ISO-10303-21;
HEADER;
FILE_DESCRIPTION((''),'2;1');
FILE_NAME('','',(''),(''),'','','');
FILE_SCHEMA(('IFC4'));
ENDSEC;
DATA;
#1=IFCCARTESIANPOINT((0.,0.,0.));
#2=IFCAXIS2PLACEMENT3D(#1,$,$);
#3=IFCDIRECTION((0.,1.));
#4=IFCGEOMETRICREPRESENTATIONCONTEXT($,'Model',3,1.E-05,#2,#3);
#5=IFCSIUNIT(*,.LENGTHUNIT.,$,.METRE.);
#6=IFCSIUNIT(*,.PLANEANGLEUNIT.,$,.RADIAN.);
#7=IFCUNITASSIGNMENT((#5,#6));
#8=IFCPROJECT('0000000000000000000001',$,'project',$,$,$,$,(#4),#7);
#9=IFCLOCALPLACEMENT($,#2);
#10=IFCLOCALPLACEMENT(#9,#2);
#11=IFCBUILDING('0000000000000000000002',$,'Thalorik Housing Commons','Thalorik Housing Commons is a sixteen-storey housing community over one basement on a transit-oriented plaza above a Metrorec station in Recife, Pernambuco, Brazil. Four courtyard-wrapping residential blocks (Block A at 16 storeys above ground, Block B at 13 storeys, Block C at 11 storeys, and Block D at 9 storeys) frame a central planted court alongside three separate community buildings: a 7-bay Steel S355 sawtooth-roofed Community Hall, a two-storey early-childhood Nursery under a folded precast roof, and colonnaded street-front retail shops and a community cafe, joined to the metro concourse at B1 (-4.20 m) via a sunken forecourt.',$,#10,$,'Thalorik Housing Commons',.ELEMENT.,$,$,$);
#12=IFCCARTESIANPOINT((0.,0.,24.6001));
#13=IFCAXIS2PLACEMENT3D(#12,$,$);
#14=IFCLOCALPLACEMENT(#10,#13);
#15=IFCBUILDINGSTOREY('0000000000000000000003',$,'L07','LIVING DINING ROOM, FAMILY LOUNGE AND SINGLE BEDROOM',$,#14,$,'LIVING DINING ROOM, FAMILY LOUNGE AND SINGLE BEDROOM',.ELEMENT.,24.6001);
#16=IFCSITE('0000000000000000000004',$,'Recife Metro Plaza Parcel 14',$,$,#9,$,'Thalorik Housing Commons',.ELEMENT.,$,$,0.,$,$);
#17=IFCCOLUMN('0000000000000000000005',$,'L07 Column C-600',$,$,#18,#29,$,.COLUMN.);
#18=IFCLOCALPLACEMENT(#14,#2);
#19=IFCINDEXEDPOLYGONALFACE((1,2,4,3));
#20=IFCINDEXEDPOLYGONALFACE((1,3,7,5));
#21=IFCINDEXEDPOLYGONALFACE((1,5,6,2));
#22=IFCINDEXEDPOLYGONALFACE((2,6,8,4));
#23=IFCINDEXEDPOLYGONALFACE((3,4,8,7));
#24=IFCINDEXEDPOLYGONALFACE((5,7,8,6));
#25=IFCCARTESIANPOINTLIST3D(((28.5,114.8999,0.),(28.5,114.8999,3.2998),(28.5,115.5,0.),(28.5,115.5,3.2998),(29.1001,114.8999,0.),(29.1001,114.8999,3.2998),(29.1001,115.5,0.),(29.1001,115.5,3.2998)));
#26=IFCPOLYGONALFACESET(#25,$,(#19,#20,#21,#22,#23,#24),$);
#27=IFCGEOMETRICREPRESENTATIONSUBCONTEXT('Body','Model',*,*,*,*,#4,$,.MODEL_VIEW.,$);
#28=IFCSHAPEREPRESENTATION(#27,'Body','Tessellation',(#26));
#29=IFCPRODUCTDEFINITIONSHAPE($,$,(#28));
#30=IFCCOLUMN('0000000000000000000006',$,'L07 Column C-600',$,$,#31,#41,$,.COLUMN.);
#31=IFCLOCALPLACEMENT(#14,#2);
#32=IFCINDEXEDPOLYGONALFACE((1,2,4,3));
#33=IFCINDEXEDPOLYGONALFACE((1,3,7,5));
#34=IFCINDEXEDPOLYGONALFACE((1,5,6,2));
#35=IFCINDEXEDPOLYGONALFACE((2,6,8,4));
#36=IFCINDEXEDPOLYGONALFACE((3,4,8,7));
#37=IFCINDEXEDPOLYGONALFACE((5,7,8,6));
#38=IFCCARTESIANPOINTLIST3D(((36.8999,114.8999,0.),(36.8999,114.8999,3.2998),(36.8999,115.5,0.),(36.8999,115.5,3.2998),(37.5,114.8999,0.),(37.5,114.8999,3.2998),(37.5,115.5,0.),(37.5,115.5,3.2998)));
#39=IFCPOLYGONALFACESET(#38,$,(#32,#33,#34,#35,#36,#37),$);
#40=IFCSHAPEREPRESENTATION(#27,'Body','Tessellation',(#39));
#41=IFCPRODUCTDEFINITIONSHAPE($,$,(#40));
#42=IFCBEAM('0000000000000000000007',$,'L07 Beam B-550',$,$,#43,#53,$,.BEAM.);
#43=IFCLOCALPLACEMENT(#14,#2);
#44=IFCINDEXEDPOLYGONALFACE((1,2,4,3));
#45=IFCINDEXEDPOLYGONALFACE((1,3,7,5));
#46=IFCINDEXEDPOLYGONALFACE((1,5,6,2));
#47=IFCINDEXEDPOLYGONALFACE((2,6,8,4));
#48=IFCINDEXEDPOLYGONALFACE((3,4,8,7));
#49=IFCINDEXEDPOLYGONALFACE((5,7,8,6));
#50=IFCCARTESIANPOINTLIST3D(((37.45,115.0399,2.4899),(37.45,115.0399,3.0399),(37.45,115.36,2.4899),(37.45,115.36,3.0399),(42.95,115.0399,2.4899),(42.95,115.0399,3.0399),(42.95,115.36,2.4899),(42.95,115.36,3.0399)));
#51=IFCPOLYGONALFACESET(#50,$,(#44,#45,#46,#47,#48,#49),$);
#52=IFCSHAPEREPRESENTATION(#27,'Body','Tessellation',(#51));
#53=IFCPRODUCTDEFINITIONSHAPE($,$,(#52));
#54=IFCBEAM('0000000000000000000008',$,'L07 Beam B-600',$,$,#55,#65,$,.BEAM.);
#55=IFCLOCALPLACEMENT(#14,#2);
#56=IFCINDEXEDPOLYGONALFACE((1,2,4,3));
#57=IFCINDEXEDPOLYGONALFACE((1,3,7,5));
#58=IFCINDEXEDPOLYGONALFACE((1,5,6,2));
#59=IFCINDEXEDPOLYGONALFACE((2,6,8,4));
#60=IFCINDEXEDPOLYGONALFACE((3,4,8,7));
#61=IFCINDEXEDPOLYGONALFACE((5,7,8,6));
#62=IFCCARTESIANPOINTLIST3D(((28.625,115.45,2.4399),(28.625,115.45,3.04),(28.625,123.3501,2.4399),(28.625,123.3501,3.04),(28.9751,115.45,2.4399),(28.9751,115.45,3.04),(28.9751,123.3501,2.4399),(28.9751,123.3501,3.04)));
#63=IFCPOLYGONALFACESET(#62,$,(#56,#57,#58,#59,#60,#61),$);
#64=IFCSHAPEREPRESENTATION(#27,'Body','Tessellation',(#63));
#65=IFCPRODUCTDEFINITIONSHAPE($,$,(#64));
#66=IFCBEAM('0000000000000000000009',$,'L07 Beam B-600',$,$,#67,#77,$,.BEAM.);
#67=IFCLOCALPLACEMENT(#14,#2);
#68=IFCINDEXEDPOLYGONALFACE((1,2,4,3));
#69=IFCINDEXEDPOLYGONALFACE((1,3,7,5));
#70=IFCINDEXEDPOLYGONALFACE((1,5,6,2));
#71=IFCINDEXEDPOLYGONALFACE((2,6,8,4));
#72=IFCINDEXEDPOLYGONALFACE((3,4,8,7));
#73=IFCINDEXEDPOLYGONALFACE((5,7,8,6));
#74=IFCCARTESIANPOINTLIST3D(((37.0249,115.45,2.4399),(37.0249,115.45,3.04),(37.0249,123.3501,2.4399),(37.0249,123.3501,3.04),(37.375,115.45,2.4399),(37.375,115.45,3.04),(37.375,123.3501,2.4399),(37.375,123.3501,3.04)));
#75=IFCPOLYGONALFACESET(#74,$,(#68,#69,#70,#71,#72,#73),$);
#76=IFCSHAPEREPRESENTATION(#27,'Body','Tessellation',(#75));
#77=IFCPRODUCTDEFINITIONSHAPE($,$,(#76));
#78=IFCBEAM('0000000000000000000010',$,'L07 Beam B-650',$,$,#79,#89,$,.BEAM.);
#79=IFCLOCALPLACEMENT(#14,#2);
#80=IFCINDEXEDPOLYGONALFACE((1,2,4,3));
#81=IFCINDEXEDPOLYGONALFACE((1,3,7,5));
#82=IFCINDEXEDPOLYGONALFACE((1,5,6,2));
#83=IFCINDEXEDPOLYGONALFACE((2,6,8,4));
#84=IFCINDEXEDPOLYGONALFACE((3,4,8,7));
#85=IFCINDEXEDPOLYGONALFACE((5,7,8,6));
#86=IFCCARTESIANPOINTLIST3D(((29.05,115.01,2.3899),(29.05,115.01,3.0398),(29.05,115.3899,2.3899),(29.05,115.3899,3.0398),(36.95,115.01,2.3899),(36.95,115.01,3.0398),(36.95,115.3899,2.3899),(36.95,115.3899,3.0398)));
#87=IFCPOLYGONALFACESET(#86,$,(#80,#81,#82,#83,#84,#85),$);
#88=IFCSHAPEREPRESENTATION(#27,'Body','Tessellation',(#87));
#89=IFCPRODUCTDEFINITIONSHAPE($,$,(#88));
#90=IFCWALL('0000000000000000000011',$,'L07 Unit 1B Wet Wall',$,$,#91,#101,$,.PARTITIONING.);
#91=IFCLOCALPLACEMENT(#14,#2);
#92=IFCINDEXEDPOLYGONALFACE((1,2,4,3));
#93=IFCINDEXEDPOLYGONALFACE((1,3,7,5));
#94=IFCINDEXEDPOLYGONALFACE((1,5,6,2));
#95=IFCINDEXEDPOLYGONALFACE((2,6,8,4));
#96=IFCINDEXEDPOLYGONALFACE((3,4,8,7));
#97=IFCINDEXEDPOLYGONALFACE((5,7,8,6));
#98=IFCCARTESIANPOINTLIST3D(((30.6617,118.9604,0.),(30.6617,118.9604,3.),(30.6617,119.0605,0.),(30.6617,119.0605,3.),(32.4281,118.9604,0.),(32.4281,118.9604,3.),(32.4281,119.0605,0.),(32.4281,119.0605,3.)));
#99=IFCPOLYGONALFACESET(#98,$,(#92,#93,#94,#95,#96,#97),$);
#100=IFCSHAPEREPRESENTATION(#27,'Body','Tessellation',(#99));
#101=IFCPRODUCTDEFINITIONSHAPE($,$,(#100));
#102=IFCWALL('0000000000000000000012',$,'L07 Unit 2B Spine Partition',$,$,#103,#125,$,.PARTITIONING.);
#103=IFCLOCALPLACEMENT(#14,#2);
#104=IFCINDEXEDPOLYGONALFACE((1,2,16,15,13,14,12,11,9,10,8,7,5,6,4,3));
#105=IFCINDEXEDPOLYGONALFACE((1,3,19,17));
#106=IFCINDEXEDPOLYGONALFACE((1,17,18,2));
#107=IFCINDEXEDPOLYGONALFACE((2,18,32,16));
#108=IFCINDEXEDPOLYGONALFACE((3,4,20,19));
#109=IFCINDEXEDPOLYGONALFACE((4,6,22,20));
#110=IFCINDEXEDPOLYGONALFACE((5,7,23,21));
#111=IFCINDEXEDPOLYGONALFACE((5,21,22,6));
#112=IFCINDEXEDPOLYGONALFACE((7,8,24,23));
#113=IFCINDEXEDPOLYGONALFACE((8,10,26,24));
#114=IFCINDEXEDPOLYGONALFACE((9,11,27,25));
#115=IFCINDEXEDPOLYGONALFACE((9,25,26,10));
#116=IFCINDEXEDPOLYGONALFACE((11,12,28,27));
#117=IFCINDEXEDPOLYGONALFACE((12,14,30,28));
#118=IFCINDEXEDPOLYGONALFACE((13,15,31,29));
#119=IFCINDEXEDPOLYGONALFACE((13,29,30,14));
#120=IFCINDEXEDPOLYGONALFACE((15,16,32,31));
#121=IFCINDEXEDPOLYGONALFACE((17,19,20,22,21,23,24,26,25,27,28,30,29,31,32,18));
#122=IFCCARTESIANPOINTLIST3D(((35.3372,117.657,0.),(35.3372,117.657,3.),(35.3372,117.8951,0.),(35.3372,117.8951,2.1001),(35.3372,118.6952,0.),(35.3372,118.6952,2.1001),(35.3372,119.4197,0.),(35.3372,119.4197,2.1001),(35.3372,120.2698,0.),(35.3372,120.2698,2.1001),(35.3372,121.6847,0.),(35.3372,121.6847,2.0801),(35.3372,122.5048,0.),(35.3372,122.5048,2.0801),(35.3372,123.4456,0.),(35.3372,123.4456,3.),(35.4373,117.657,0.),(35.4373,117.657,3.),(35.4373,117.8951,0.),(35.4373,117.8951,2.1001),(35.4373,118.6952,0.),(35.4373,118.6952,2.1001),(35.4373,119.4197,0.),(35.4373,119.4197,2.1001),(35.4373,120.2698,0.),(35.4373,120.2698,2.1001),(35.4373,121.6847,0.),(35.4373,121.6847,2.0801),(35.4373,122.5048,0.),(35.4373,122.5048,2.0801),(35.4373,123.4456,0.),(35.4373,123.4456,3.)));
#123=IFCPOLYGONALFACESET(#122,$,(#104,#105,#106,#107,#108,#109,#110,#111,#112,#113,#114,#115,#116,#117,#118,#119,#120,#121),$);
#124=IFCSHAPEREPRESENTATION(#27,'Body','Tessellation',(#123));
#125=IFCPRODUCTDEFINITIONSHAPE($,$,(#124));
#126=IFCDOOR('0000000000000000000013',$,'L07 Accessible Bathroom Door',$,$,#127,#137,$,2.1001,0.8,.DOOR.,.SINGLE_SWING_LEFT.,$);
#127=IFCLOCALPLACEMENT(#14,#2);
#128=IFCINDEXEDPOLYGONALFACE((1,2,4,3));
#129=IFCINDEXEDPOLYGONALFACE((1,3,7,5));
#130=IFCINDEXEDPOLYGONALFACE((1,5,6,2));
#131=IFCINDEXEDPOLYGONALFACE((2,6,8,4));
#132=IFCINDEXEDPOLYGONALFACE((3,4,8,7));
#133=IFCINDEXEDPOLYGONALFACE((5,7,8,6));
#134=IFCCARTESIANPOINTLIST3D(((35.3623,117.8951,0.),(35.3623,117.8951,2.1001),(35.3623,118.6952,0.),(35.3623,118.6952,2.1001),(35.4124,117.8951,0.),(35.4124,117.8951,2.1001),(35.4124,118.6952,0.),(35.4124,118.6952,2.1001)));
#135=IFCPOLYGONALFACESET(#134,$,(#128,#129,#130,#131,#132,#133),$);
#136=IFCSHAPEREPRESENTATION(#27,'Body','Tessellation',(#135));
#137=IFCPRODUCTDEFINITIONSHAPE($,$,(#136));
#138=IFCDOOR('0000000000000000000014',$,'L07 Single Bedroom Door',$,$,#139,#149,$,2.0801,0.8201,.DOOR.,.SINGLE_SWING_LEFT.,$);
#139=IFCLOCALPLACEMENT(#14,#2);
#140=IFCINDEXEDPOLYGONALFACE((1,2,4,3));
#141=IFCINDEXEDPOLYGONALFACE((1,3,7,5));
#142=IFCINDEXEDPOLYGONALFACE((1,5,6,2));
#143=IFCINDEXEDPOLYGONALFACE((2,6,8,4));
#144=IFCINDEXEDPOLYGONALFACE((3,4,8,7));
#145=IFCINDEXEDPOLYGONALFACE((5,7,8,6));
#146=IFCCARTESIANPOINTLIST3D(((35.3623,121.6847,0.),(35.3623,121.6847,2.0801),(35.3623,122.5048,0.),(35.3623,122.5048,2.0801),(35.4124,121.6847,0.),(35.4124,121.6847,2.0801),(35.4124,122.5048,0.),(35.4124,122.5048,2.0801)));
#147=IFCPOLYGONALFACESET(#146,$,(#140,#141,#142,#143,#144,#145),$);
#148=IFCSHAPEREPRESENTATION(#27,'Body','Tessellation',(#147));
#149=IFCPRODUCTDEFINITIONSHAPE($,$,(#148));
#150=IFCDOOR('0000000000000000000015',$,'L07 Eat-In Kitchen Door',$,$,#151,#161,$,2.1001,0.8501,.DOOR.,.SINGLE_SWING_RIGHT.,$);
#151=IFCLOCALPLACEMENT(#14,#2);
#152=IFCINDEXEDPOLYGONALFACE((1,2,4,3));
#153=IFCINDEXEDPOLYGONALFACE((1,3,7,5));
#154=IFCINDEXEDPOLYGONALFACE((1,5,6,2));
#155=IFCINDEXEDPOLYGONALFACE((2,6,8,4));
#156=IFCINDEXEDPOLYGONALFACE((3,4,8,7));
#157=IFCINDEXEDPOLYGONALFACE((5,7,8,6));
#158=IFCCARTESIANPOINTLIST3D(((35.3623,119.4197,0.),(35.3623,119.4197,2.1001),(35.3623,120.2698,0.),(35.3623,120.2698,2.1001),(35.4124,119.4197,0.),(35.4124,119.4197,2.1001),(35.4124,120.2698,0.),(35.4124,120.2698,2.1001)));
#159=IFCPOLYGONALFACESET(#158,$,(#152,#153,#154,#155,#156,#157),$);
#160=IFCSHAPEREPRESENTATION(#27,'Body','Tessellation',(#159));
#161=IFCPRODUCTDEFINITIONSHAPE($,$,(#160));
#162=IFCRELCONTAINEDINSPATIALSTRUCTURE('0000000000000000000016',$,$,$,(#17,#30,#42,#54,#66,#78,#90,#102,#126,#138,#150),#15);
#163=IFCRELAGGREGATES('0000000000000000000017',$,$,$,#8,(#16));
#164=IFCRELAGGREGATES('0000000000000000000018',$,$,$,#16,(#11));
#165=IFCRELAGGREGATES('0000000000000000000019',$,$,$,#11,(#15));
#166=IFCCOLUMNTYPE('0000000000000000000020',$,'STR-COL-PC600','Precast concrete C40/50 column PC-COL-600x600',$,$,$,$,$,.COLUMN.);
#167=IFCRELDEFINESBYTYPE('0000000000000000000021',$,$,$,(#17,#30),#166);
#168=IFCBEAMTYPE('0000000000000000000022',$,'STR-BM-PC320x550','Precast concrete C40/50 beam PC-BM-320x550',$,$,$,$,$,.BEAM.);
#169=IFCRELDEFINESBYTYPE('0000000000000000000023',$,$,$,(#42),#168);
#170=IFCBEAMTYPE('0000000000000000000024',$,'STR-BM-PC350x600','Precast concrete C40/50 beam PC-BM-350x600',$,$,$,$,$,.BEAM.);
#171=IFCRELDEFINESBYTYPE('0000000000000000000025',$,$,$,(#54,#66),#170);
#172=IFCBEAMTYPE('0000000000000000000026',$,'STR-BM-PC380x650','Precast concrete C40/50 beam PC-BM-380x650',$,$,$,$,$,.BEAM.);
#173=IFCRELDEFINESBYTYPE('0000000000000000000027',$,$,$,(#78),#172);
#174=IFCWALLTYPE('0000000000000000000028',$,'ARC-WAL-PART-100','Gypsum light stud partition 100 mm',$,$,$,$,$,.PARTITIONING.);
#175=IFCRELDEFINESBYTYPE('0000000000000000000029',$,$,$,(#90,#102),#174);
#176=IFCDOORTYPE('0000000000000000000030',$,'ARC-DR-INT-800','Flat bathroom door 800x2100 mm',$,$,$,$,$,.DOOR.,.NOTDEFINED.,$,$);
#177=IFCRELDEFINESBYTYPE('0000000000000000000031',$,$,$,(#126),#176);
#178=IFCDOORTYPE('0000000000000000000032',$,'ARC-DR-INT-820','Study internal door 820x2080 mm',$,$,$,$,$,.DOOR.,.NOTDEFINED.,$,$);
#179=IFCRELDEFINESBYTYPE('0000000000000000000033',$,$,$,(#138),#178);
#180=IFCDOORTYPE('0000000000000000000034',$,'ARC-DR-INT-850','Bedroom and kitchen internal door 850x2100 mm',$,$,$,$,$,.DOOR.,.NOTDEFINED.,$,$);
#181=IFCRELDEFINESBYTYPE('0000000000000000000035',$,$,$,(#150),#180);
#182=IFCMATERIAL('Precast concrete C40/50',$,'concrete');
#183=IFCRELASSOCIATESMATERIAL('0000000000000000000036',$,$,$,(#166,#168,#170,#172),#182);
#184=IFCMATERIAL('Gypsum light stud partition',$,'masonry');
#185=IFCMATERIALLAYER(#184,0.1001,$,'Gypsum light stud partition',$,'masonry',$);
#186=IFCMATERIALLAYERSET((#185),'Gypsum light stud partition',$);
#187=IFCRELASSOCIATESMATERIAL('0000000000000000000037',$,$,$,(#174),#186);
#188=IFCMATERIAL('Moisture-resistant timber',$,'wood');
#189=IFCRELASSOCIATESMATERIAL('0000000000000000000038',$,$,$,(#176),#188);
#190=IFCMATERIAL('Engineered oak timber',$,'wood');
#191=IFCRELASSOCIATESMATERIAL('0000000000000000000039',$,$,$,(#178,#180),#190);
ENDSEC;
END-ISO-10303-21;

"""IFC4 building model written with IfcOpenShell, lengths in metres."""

from ifc_helpers import new_model, si_unit, direction, frame, frame_2d, origin, origin_2d, place, context, subcontext, project, spatial, rectangle, extrude, material, layer, layer_set, material_profile, profile_set, type_object, element, fill, save


model = new_model("IFC4")

# Units and contexts
model_context = context("Model", 3, precision=1e-05, world=origin(), true_north=direction((0.0, 1.0)))
body_context = subcontext(model_context, "Body", "Model", "MODEL_VIEW")
ifc_project = project(units=[si_unit("LENGTHUNIT", "METRE"), si_unit("PLANEANGLEUNIT", "RADIAN")], contexts=[model_context])

# Site, building, storey
site_placement = place(None, origin())
site = spatial("IfcSite", under=ifc_project, at=site_placement, Name="Recife Metro Plaza Parcel 14", LongName="Thalorik Housing Commons", CompositionType="ELEMENT", RefElevation=0.0)
building_placement = place(site_placement, origin())
building = spatial("IfcBuilding", under=site, at=building_placement, Name="Thalorik Housing Commons", Description="Thalorik Housing Commons is a sixteen-storey housing community over one basement on a transit-oriented plaza above a Metrorec station in Recife, Pernambuco, Brazil. Four courtyard-wrapping residential blocks (Block A at 16 storeys above ground, Block B at 13 storeys, Block C at 11 storeys, and Block D at 9 storeys) frame a central planted court alongside three separate community buildings: a 7-bay Steel S355 sawtooth-roofed Community Hall, a two-storey early-childhood Nursery under a folded precast roof, and colonnaded street-front retail shops and a community cafe, joined to the metro concourse at B1 (-4.20 m) via a sunken forecourt.", LongName="Thalorik Housing Commons", CompositionType="ELEMENT")
storey_placement = place(building_placement, frame((0.0, 0.0, 24.6001)))
storey = spatial("IfcBuildingStorey", under=building, at=storey_placement, Name="L07", Description="LIVING DINING ROOM, FAMILY LOUNGE AND SINGLE BEDROOM", LongName="LIVING DINING ROOM, FAMILY LOUNGE AND SINGLE BEDROOM", CompositionType="ELEMENT", Elevation=24.6001)

# Columns
ifc_material_1 = material(Name="Precast concrete C40/50", Category="concrete")
ifc_material_profile_1 = material_profile(ifc_material_1, rectangle(XDim=0.6001, YDim=0.6001, at=origin_2d()), Name="PC 600x600", Category="concrete")
ifc_profile_set_1 = profile_set([ifc_material_profile_1], Name="Precast concrete C40/50")
column_type = type_object("IfcColumnType", Name="STR-COL-PC600", Description="Precast concrete C40/50 column PC-COL-600x600", PredefinedType="COLUMN", material=ifc_profile_set_1)
for number, where, z_axis, x_axis, name in (
    (1, (28.8, 115.2, 0.0), (0.0, 0.0, 1.0), (1.0, 0.0, 0.0), "L07 Column C-600"),
    (2, (37.2, 115.2, 0.0), (0.0, 0.0, 1.0), (1.0, 0.0, 0.0), "L07 Column C-600"),
):
    element("IfcColumn", number, at=place(storey_placement, frame(where, z_axis=z_axis, x_axis=x_axis)), inside=storey, type_object=column_type, Name=name, PredefinedType="COLUMN", context=body_context, shape_type="SweptSolid", body=[
        extrude(rectangle(XDim=0.6001, YDim=0.6001, at=origin_2d()), origin(), (0.0, 0.0, 1.0), 3.2998),
    ])

# Beams
ifc_material_profile_2 = material_profile(ifc_material_1, rectangle(XDim=0.3201, YDim=0.55, at=origin_2d()), Name="PC 320x550", Category="concrete")
ifc_profile_set_2 = profile_set([ifc_material_profile_2], Name="Precast concrete C40/50")
beam_type_1 = type_object("IfcBeamType", Name="STR-BM-PC320x550", Description="Precast concrete C40/50 beam PC-BM-320x550", PredefinedType="BEAM", material=ifc_profile_set_2)
beam_1_placement = place(storey_placement, frame((37.45, 115.2, 2.7649), z_axis=(1.0, 0.0, 0.0), x_axis=(0.0, 1.0, 0.0)))
element("IfcBeam", 3, at=beam_1_placement, inside=storey, type_object=beam_type_1, Name="L07 Beam B-550", PredefinedType="BEAM", context=body_context, shape_type="SweptSolid", body=[
    extrude(rectangle(XDim=0.3201, YDim=0.55, at=origin_2d()), origin(), (0.0, 0.0, 1.0), 5.5),
])
ifc_material_profile_3 = material_profile(ifc_material_1, rectangle(XDim=0.3501, YDim=0.6001, at=origin_2d()), Name="PC 350x600", Category="concrete")
ifc_profile_set_3 = profile_set([ifc_material_profile_3], Name="Precast concrete C40/50")
beam_type_2 = type_object("IfcBeamType", Name="STR-BM-PC350x600", Description="Precast concrete C40/50 beam PC-BM-350x600", PredefinedType="BEAM", material=ifc_profile_set_3)
for number, where, z_axis, x_axis, name in (
    (4, (28.8, 115.45, 2.74), (0.0, 1.0, 0.0), (-1.0, 0.0, 0.0), "L07 Beam B-600"),
    (5, (37.2, 115.45, 2.74), (0.0, 1.0, 0.0), (-1.0, 0.0, 0.0), "L07 Beam B-600"),
):
    element("IfcBeam", number, at=place(storey_placement, frame(where, z_axis=z_axis, x_axis=x_axis)), inside=storey, type_object=beam_type_2, Name=name, PredefinedType="BEAM", context=body_context, shape_type="SweptSolid", body=[
        extrude(rectangle(XDim=0.3501, YDim=0.6001, at=origin_2d()), origin(), (0.0, 0.0, 1.0), 7.9001),
    ])
ifc_material_profile_4 = material_profile(ifc_material_1, rectangle(XDim=0.3799, YDim=0.6499, at=origin_2d()), Name="PC 380x650", Category="concrete")
ifc_profile_set_4 = profile_set([ifc_material_profile_4], Name="Precast concrete C40/50")
beam_type_3 = type_object("IfcBeamType", Name="STR-BM-PC380x650", Description="Precast concrete C40/50 beam PC-BM-380x650", PredefinedType="BEAM", material=ifc_profile_set_4)
beam_2_placement = place(storey_placement, frame((29.05, 115.2, 2.7148), z_axis=(1.0, 0.0, 0.0), x_axis=(0.0, 1.0, 0.0)))
element("IfcBeam", 6, at=beam_2_placement, inside=storey, type_object=beam_type_3, Name="L07 Beam B-650", PredefinedType="BEAM", context=body_context, shape_type="SweptSolid", body=[
    extrude(rectangle(XDim=0.3799, YDim=0.6499, at=origin_2d()), origin(), (0.0, 0.0, 1.0), 7.8999),
])

# Wall
ifc_material_2 = material(Name="Gypsum light stud partition", Category="masonry")
ifc_layer_1 = layer(ifc_material_2, 0.1001, Name="Gypsum light stud partition", Category="masonry")
ifc_layer_set_1 = layer_set([ifc_layer_1], Name="Gypsum light stud partition")
wall_type_1 = type_object("IfcWallType", Name="ARC-WAL-PART-100", Description="Gypsum light stud partition 100 mm", PredefinedType="PARTITIONING", material=ifc_layer_set_1)
wall_1_placement = place(storey_placement, frame((30.6616, 119.0105, 0.0), z_axis=(0.0, 0.0, 1.0), x_axis=(1.0, 0.0, 0.0)))
element("IfcWall", 7, at=wall_1_placement, inside=storey, type_object=wall_type_1, Name="L07 Unit 1B Wet Wall", PredefinedType="PARTITIONING", context=body_context, shape_type="SweptSolid", body=[
    extrude(rectangle(XDim=1.7664, YDim=0.1001, at=frame_2d((0.8833, 0.0))), origin(), (0.0, 0.0, 1.0), 3.0),
])

# Wall, openings, doors
wall_2_placement = place(storey_placement, frame((35.3872, 117.657, 0.0), z_axis=(0.0, 0.0, 1.0), x_axis=(0.0, 1.0, 0.0)))
wall_2 = element("IfcWall", 8, at=wall_2_placement, inside=storey, type_object=wall_type_1, Name="L07 Unit 2B Spine Partition", PredefinedType="PARTITIONING", context=body_context, shape_type="SweptSolid", body=[
    extrude(rectangle(XDim=5.7886, YDim=0.1001, at=frame_2d((2.8943, 0.0))), origin(), (0.0, 0.0, 1.0), 3.0),
])
opening_1_placement = place(wall_2_placement, frame((0.2383, 0.0, 0.0)))
opening_1 = element("IfcOpeningElement", 9, at=opening_1_placement, cuts=wall_2, PredefinedType="OPENING", context=body_context, shape_type="SweptSolid", body=[
    extrude(rectangle(XDim=0.8, YDim=2.1001, at=frame_2d((0.3999, 1.05))), frame((0.0, 0.0601, 0.0), z_axis=(0.0, -1.0, 0.0), x_axis=(1.0, 0.0, 0.0)), (0.0, 0.0, 1.0), 0.1201),
])
opening_2_placement = place(wall_2_placement, frame((1.7627, 0.0, 0.0)))
opening_2 = element("IfcOpeningElement", 10, at=opening_2_placement, cuts=wall_2, PredefinedType="OPENING", context=body_context, shape_type="SweptSolid", body=[
    extrude(rectangle(XDim=0.8501, YDim=2.1001, at=frame_2d((0.425, 1.05))), frame((0.0, 0.0601, 0.0), z_axis=(0.0, -1.0, 0.0), x_axis=(1.0, 0.0, 0.0)), (0.0, 0.0, 1.0), 0.1201),
])
opening_3_placement = place(wall_2_placement, frame((4.0276, 0.0, 0.0)))
opening_3 = element("IfcOpeningElement", 11, at=opening_3_placement, cuts=wall_2, PredefinedType="OPENING", context=body_context, shape_type="SweptSolid", body=[
    extrude(rectangle(XDim=0.8201, YDim=2.0801, at=frame_2d((0.4102, 1.04))), frame((0.0, 0.0601, 0.0), z_axis=(0.0, -1.0, 0.0), x_axis=(1.0, 0.0, 0.0)), (0.0, 0.0, 1.0), 0.1201),
])
ifc_material_3 = material(Name="Moisture-resistant timber", Category="wood")
door_type_1 = type_object("IfcDoorType", Name="ARC-DR-INT-800", Description="Flat bathroom door 800x2100 mm", OperationType="NOTDEFINED", PredefinedType="DOOR", material=ifc_material_3)
door_1_placement = place(opening_1_placement, origin())
door_1 = element("IfcDoor", 12, at=door_1_placement, inside=storey, type_object=door_type_1, Name="L07 Accessible Bathroom Door", OperationType="SINGLE_SWING_LEFT", OverallHeight=2.1001, OverallWidth=0.8, PredefinedType="DOOR", context=body_context, shape_type="SweptSolid", body=[
    extrude(rectangle(XDim=0.8, YDim=2.1001, at=frame_2d((0.3999, 1.05))), frame((0.0, 0.0249, 0.0), z_axis=(0.0, -1.0, 0.0), x_axis=(1.0, 0.0, 0.0)), (0.0, 0.0, 1.0), 0.05),
])
fill(opening_1, door_1)
ifc_material_4 = material(Name="Engineered oak timber", Category="wood")
door_type_2 = type_object("IfcDoorType", Name="ARC-DR-INT-820", Description="Study internal door 820x2080 mm", OperationType="NOTDEFINED", PredefinedType="DOOR", material=ifc_material_4)
door_2_placement = place(opening_3_placement, origin())
door_2 = element("IfcDoor", 13, at=door_2_placement, inside=storey, type_object=door_type_2, Name="L07 Single Bedroom Door", OperationType="SINGLE_SWING_LEFT", OverallHeight=2.0801, OverallWidth=0.8201, PredefinedType="DOOR", context=body_context, shape_type="SweptSolid", body=[
    extrude(rectangle(XDim=0.8201, YDim=2.0801, at=frame_2d((0.4102, 1.04))), frame((0.0, 0.0249, 0.0), z_axis=(0.0, -1.0, 0.0), x_axis=(1.0, 0.0, 0.0)), (0.0, 0.0, 1.0), 0.05),
])
fill(opening_3, door_2)
door_type_3 = type_object("IfcDoorType", Name="ARC-DR-INT-850", Description="Bedroom and kitchen internal door 850x2100 mm", OperationType="NOTDEFINED", PredefinedType="DOOR", material=ifc_material_4)
door_3_placement = place(opening_2_placement, origin())
door_3 = element("IfcDoor", 14, at=door_3_placement, inside=storey, type_object=door_type_3, Name="L07 Eat-In Kitchen Door", OperationType="SINGLE_SWING_RIGHT", OverallHeight=2.1001, OverallWidth=0.8501, PredefinedType="DOOR", context=body_context, shape_type="SweptSolid", body=[
    extrude(rectangle(XDim=0.8501, YDim=2.1001, at=frame_2d((0.425, 1.05))), frame((0.0, 0.0249, 0.0), z_axis=(0.0, -1.0, 0.0), x_axis=(1.0, 0.0, 0.0)), (0.0, 0.0, 1.0), 0.05),
])
fill(opening_2, door_3)

save(model, "model.ifc")
